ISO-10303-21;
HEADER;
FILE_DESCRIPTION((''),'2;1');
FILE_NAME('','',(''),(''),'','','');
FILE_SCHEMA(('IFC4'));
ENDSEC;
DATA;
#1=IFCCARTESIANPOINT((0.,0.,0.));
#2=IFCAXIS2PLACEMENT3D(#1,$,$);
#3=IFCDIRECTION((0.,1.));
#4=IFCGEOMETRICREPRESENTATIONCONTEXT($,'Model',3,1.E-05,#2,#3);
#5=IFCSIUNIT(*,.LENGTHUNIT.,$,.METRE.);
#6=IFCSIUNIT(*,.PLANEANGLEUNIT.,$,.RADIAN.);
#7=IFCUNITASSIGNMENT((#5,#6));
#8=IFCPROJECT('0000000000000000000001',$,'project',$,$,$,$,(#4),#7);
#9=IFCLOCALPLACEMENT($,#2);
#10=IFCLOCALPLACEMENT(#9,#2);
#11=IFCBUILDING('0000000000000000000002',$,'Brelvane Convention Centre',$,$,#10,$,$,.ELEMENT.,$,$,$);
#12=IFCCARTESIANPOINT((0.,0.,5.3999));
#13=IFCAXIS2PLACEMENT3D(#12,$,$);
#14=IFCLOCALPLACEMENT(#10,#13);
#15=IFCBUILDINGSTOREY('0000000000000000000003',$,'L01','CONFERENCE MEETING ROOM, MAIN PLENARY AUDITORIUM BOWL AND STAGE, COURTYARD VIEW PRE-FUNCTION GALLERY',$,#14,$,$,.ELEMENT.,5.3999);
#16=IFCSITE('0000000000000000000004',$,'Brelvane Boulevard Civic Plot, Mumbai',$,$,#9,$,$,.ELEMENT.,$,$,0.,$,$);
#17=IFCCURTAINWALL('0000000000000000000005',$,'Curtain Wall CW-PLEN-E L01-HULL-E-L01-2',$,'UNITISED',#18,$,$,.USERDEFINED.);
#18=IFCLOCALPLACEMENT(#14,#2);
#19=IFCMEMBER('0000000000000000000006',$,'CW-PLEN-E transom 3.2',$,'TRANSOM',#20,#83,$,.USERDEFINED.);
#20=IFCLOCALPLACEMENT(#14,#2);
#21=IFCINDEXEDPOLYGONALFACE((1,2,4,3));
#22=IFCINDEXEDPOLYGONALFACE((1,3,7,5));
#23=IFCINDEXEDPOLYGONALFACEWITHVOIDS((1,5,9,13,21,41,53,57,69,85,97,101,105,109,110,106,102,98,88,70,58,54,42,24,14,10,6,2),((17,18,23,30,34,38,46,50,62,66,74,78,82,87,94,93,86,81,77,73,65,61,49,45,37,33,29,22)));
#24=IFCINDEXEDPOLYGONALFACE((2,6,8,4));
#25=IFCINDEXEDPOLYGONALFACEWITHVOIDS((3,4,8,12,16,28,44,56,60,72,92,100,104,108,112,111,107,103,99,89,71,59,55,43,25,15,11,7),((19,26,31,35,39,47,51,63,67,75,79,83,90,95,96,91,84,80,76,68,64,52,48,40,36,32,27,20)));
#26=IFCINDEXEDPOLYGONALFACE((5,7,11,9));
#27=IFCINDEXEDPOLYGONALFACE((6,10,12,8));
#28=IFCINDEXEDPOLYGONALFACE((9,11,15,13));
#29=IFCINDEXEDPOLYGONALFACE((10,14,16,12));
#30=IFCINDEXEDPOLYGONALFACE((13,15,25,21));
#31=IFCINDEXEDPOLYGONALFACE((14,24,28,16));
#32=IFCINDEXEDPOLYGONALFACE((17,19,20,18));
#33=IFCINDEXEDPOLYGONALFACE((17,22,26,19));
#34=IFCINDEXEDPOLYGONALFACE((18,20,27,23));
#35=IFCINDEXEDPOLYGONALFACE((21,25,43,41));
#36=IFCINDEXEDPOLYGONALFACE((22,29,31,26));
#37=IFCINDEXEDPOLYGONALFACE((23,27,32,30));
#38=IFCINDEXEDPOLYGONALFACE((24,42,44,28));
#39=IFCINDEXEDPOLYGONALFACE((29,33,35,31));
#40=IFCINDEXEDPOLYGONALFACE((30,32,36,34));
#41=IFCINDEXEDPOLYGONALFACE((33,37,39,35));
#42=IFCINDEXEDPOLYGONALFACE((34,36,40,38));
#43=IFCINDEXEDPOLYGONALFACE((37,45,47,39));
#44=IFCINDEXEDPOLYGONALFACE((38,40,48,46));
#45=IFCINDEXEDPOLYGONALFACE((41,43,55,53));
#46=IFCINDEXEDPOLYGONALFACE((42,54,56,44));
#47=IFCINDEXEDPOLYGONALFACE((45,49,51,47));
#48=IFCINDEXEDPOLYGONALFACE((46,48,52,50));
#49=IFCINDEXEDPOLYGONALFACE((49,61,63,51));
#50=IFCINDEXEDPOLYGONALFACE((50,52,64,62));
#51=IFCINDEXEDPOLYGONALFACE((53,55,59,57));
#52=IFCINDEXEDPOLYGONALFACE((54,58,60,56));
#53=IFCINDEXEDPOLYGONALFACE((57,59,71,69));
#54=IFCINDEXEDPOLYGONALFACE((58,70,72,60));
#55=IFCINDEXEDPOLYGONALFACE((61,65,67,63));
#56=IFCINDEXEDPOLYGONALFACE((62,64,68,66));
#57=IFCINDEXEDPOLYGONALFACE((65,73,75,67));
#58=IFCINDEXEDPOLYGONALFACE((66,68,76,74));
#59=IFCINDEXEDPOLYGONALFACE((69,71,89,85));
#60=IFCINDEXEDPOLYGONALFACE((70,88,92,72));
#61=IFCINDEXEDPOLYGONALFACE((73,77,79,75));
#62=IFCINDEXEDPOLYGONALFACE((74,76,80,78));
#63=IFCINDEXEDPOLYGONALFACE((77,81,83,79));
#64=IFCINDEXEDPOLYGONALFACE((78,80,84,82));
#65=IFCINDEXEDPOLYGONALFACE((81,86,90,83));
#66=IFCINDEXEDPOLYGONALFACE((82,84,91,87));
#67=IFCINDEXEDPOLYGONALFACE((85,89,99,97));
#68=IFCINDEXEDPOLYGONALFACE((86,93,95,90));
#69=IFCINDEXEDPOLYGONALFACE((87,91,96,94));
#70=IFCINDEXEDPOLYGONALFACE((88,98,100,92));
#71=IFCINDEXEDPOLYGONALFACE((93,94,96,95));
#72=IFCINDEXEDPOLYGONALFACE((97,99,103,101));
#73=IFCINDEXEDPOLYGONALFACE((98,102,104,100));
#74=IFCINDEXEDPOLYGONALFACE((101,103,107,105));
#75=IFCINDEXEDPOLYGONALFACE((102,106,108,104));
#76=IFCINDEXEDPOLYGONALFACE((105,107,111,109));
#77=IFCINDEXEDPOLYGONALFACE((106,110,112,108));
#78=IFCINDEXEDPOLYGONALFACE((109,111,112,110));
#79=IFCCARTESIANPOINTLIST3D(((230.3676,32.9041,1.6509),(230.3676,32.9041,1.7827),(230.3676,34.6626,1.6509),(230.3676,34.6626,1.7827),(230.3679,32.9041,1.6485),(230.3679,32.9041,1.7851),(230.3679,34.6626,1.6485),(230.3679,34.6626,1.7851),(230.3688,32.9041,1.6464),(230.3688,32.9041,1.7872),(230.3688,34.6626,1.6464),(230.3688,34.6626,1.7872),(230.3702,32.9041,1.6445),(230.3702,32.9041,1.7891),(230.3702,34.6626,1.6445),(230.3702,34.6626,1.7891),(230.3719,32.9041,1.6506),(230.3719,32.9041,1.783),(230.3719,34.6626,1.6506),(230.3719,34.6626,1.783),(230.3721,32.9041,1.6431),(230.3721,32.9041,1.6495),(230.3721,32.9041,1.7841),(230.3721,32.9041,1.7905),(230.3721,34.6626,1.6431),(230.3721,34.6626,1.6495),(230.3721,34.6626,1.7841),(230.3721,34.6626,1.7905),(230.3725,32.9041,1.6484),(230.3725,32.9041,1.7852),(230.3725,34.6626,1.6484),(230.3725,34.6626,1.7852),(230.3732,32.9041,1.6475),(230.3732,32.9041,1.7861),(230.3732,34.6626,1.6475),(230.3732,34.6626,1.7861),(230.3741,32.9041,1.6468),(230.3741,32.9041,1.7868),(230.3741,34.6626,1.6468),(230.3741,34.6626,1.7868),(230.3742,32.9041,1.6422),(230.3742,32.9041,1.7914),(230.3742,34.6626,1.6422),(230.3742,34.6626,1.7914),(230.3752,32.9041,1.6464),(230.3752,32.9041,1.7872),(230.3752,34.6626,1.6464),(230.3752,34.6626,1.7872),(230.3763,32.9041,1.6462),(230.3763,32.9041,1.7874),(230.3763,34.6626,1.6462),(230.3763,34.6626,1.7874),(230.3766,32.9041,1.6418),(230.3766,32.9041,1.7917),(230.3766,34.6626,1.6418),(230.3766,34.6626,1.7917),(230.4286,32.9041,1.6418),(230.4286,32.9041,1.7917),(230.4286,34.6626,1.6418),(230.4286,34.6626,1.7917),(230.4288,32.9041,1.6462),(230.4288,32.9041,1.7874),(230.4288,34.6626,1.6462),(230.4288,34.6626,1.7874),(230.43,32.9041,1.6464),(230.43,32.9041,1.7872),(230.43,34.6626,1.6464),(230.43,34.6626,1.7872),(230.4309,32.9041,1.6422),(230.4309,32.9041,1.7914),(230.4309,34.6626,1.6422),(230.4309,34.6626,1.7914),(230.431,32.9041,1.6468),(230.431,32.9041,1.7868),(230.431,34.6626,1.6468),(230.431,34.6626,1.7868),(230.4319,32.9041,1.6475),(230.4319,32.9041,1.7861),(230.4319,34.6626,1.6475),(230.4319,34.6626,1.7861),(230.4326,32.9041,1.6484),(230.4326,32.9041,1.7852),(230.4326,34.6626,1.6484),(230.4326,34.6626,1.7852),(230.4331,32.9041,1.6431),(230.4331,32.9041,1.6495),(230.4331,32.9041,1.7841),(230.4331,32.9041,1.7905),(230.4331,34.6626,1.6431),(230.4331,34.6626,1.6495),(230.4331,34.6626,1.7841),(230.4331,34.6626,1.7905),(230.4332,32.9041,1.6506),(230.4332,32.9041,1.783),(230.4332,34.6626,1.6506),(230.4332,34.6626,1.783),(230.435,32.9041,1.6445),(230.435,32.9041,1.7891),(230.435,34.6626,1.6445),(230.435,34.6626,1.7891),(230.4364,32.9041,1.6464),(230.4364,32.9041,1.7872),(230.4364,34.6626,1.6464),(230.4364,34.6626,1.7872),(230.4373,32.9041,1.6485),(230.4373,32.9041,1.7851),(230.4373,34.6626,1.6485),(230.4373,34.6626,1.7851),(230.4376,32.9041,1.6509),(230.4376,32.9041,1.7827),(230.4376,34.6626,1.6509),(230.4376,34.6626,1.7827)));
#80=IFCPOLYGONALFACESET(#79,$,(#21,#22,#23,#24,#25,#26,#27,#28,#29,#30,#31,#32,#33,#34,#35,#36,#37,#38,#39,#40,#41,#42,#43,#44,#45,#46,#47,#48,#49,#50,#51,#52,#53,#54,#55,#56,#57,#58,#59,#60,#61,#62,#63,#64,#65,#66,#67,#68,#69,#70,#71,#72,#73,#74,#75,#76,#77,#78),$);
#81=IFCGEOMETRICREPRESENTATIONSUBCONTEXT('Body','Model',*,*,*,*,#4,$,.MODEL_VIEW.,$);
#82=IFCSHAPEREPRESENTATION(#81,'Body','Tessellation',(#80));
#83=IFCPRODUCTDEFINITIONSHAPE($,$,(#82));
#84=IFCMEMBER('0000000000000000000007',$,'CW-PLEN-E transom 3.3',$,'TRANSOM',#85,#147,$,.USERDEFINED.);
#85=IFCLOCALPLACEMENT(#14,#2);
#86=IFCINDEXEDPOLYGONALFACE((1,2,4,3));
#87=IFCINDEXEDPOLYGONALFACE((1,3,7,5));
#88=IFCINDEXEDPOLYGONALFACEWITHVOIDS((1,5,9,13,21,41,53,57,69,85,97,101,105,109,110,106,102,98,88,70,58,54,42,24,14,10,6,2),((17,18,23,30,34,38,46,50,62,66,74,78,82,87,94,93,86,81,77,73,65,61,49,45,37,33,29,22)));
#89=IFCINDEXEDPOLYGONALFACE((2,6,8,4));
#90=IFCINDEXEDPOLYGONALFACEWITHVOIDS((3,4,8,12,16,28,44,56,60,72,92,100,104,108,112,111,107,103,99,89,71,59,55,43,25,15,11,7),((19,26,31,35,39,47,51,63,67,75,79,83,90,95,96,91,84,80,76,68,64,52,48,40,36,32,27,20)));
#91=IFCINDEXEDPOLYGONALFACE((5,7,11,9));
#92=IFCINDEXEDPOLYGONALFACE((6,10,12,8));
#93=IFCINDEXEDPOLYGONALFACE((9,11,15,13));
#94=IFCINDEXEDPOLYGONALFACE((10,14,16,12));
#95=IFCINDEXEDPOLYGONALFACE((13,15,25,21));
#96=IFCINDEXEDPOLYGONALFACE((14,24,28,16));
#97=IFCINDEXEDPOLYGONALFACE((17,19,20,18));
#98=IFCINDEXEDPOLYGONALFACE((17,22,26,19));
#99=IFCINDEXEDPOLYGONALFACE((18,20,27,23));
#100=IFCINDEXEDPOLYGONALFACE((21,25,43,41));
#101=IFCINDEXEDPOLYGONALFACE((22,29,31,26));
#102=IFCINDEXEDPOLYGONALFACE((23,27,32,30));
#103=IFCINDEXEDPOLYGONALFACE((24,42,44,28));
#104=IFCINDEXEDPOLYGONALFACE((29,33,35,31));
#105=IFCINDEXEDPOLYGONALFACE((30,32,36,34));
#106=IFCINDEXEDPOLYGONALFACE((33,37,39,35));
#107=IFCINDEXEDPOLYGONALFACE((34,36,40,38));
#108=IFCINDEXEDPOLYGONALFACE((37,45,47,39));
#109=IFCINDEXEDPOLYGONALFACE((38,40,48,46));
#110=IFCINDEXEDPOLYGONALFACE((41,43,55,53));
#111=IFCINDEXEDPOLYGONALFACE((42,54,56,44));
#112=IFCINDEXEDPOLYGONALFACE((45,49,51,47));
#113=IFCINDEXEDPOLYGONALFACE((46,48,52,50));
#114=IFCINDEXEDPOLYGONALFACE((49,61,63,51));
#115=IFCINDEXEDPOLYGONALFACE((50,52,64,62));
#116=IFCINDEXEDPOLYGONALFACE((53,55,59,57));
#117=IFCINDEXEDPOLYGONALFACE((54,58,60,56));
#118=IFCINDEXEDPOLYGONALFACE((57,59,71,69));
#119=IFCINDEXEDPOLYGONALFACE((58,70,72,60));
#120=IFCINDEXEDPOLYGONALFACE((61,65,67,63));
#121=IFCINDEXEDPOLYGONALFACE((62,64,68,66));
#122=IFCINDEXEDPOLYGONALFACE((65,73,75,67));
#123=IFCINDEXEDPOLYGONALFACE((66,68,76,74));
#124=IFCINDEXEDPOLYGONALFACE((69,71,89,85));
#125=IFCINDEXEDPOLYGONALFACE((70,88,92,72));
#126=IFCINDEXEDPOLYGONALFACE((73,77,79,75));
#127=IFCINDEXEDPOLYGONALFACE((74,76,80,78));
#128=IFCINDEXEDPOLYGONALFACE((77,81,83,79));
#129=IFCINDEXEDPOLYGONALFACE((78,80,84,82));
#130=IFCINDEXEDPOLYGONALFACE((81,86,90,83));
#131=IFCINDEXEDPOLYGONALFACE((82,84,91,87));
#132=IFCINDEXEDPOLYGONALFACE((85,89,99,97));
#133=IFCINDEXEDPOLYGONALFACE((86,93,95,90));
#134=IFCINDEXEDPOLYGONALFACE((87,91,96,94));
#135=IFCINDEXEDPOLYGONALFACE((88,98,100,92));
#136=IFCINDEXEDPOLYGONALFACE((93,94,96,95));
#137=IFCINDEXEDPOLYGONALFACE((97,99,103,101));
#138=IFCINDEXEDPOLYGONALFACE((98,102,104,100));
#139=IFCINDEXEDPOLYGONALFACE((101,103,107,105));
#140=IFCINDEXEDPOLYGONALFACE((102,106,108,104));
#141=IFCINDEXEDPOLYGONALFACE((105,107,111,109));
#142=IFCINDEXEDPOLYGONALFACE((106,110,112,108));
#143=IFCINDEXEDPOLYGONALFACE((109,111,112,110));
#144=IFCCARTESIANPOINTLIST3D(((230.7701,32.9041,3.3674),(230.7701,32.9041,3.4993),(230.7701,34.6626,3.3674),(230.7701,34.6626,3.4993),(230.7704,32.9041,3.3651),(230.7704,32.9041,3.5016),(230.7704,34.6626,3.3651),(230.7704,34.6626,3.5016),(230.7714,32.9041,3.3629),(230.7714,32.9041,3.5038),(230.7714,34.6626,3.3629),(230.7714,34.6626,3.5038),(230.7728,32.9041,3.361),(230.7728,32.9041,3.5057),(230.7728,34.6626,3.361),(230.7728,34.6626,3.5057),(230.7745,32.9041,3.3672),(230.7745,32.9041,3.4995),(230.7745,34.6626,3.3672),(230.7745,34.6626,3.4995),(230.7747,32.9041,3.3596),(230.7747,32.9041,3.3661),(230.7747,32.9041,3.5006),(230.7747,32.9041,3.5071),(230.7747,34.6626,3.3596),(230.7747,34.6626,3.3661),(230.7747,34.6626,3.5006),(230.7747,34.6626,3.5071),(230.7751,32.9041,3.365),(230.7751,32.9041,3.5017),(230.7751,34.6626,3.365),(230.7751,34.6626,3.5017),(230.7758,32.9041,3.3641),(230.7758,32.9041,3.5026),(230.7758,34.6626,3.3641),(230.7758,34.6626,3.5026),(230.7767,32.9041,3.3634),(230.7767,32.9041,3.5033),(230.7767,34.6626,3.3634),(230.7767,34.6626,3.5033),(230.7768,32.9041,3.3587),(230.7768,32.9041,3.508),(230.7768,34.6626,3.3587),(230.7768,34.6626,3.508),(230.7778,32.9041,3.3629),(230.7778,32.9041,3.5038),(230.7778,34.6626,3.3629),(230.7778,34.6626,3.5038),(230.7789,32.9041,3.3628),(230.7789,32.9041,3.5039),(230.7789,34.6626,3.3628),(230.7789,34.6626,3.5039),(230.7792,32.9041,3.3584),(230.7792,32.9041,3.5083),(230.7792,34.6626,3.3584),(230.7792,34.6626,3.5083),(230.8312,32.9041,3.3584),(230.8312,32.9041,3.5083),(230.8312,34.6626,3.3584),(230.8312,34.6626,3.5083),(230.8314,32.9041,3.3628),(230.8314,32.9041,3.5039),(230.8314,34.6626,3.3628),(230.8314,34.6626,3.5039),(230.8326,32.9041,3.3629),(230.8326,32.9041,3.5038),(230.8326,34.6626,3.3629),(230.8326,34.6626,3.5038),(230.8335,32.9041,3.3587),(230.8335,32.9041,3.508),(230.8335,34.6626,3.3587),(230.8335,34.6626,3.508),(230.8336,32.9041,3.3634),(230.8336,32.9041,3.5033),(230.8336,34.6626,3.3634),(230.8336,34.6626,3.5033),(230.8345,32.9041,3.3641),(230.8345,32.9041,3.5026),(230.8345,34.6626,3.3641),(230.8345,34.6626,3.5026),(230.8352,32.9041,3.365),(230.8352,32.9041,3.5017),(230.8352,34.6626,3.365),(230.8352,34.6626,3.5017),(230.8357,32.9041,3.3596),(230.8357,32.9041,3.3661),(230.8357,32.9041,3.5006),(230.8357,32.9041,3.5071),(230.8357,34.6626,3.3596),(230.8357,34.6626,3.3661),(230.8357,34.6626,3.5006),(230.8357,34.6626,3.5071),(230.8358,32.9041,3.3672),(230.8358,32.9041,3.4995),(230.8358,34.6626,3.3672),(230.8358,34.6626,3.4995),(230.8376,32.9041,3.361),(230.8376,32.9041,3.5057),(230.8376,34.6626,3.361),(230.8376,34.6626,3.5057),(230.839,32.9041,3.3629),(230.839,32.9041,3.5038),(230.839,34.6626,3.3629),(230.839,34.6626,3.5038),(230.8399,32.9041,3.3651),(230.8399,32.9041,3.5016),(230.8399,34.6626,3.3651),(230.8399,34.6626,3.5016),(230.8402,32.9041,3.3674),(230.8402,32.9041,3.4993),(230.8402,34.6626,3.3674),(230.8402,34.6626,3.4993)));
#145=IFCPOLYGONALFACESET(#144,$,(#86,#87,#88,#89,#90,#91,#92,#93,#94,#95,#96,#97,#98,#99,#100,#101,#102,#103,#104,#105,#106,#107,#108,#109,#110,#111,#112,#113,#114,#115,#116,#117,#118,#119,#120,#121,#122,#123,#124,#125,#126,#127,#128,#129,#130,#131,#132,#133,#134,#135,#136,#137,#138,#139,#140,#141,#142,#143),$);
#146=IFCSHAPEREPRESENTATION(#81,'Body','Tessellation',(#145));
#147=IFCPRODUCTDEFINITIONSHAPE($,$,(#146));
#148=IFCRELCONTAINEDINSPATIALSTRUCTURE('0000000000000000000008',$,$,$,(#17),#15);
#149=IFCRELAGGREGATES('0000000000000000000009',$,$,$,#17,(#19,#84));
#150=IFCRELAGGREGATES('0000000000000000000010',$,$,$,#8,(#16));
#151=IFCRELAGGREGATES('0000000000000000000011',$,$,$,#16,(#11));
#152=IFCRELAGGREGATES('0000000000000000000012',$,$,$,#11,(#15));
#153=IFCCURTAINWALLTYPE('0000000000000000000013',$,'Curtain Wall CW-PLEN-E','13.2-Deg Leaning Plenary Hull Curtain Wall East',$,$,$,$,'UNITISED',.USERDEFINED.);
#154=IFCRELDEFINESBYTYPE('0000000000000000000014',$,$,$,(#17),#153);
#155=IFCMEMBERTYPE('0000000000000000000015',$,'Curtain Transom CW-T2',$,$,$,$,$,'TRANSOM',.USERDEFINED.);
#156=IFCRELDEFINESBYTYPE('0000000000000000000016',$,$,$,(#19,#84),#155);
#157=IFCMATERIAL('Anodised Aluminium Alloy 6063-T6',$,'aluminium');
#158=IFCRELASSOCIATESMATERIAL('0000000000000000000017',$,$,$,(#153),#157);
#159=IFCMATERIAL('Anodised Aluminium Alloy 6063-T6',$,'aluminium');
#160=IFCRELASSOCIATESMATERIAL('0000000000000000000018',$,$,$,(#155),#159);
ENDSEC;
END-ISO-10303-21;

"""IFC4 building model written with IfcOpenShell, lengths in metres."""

from ifc_helpers import new_model, si_unit, direction, frame, origin, origin_2d, place, context, subcontext, project, spatial, hollow_rectangle, extrude, material, material_profile, profile_set, type_object, element, aggregate, save


model = new_model("IFC4")

# Units and contexts
model_context = context("Model", 3, precision=1e-05, world=origin(), true_north=direction((0.0, 1.0)))
body_context = subcontext(model_context, "Body", "Model", "MODEL_VIEW")
ifc_project = project(units=[si_unit("LENGTHUNIT", "METRE"), si_unit("PLANEANGLEUNIT", "RADIAN")], contexts=[model_context])

# Site, building, storey
site_placement = place(None, origin())
site = spatial("IfcSite", under=ifc_project, at=site_placement, Name="Brelvane Boulevard Civic Plot, Mumbai", CompositionType="ELEMENT", RefElevation=0.0)
building_placement = place(site_placement, origin())
building = spatial("IfcBuilding", under=site, at=building_placement, Name="Brelvane Convention Centre", CompositionType="ELEMENT")
storey_placement = place(building_placement, frame((0.0, 0.0, 5.3999)))
storey = spatial("IfcBuildingStorey", under=building, at=storey_placement, Name="L01", Description="CONFERENCE MEETING ROOM, MAIN PLENARY AUDITORIUM BOWL AND STAGE, COURTYARD VIEW PRE-FUNCTION GALLERY", CompositionType="ELEMENT", Elevation=5.3999)

# Curtain wall, members
ifc_material_1 = material(Name="Anodised Aluminium Alloy 6063-T6", Category="aluminium")
curtain_wall_type = type_object("IfcCurtainWallType", Name="Curtain Wall CW-PLEN-E", Description="13.2-Deg Leaning Plenary Hull Curtain Wall East", ElementType="UNITISED", PredefinedType="USERDEFINED", material=ifc_material_1)
curtain_wall_placement = place(storey_placement, origin())
curtain_wall = element("IfcCurtainWall", 1, at=curtain_wall_placement, inside=storey, type_object=curtain_wall_type, Name="Curtain Wall CW-PLEN-E L01-HULL-E-L01-2", ObjectType="UNITISED", PredefinedType="USERDEFINED")
ifc_material_2 = material(Name="Anodised Aluminium Alloy 6063-T6", Category="aluminium")
ifc_material_profile = material_profile(ifc_material_2, hollow_rectangle(XDim=0.0701, YDim=0.1499, WallThickness=0.0044, InnerFilletRadius=0.0044, OuterFilletRadius=0.009, at=origin_2d()), Name="ALU-T 150x70x4.5")
ifc_profile_set = profile_set([ifc_material_profile], Name="Anodised Aluminium Alloy 6063-T6")
member_type = type_object("IfcMemberType", Name="Curtain Transom CW-T2", ElementType="TRANSOM", PredefinedType="USERDEFINED", material=ifc_profile_set)
member_1_placement = place(storey_placement, frame((230.4026, 32.9041, 1.7168), z_axis=(0.0, 1.0, 0.0), x_axis=(-1.0, 0.0, 0.0)))
member_1 = element("IfcMember", 2, at=member_1_placement, type_object=member_type, Name="CW-PLEN-E transom 3.2", ObjectType="TRANSOM", PredefinedType="USERDEFINED", context=body_context, shape_type="SweptSolid", body=[
    extrude(hollow_rectangle(XDim=0.0701, YDim=0.1499, WallThickness=0.0044, InnerFilletRadius=0.0044, OuterFilletRadius=0.009, at=origin_2d()), origin(), (0.0, 0.0, 1.0), 1.7585),
])
member_2_placement = place(storey_placement, frame((230.8052, 32.9041, 3.4333), z_axis=(0.0, 1.0, 0.0), x_axis=(-1.0, 0.0, 0.0)))
member_2 = element("IfcMember", 3, at=member_2_placement, type_object=member_type, Name="CW-PLEN-E transom 3.3", ObjectType="TRANSOM", PredefinedType="USERDEFINED", context=body_context, shape_type="SweptSolid", body=[
    extrude(hollow_rectangle(XDim=0.0701, YDim=0.1499, WallThickness=0.0044, InnerFilletRadius=0.0044, OuterFilletRadius=0.009, at=origin_2d()), origin(), (0.0, 0.0, 1.0), 1.7585),
])
aggregate(curtain_wall, [member_1, member_2])

save(model, "model.ifc")
